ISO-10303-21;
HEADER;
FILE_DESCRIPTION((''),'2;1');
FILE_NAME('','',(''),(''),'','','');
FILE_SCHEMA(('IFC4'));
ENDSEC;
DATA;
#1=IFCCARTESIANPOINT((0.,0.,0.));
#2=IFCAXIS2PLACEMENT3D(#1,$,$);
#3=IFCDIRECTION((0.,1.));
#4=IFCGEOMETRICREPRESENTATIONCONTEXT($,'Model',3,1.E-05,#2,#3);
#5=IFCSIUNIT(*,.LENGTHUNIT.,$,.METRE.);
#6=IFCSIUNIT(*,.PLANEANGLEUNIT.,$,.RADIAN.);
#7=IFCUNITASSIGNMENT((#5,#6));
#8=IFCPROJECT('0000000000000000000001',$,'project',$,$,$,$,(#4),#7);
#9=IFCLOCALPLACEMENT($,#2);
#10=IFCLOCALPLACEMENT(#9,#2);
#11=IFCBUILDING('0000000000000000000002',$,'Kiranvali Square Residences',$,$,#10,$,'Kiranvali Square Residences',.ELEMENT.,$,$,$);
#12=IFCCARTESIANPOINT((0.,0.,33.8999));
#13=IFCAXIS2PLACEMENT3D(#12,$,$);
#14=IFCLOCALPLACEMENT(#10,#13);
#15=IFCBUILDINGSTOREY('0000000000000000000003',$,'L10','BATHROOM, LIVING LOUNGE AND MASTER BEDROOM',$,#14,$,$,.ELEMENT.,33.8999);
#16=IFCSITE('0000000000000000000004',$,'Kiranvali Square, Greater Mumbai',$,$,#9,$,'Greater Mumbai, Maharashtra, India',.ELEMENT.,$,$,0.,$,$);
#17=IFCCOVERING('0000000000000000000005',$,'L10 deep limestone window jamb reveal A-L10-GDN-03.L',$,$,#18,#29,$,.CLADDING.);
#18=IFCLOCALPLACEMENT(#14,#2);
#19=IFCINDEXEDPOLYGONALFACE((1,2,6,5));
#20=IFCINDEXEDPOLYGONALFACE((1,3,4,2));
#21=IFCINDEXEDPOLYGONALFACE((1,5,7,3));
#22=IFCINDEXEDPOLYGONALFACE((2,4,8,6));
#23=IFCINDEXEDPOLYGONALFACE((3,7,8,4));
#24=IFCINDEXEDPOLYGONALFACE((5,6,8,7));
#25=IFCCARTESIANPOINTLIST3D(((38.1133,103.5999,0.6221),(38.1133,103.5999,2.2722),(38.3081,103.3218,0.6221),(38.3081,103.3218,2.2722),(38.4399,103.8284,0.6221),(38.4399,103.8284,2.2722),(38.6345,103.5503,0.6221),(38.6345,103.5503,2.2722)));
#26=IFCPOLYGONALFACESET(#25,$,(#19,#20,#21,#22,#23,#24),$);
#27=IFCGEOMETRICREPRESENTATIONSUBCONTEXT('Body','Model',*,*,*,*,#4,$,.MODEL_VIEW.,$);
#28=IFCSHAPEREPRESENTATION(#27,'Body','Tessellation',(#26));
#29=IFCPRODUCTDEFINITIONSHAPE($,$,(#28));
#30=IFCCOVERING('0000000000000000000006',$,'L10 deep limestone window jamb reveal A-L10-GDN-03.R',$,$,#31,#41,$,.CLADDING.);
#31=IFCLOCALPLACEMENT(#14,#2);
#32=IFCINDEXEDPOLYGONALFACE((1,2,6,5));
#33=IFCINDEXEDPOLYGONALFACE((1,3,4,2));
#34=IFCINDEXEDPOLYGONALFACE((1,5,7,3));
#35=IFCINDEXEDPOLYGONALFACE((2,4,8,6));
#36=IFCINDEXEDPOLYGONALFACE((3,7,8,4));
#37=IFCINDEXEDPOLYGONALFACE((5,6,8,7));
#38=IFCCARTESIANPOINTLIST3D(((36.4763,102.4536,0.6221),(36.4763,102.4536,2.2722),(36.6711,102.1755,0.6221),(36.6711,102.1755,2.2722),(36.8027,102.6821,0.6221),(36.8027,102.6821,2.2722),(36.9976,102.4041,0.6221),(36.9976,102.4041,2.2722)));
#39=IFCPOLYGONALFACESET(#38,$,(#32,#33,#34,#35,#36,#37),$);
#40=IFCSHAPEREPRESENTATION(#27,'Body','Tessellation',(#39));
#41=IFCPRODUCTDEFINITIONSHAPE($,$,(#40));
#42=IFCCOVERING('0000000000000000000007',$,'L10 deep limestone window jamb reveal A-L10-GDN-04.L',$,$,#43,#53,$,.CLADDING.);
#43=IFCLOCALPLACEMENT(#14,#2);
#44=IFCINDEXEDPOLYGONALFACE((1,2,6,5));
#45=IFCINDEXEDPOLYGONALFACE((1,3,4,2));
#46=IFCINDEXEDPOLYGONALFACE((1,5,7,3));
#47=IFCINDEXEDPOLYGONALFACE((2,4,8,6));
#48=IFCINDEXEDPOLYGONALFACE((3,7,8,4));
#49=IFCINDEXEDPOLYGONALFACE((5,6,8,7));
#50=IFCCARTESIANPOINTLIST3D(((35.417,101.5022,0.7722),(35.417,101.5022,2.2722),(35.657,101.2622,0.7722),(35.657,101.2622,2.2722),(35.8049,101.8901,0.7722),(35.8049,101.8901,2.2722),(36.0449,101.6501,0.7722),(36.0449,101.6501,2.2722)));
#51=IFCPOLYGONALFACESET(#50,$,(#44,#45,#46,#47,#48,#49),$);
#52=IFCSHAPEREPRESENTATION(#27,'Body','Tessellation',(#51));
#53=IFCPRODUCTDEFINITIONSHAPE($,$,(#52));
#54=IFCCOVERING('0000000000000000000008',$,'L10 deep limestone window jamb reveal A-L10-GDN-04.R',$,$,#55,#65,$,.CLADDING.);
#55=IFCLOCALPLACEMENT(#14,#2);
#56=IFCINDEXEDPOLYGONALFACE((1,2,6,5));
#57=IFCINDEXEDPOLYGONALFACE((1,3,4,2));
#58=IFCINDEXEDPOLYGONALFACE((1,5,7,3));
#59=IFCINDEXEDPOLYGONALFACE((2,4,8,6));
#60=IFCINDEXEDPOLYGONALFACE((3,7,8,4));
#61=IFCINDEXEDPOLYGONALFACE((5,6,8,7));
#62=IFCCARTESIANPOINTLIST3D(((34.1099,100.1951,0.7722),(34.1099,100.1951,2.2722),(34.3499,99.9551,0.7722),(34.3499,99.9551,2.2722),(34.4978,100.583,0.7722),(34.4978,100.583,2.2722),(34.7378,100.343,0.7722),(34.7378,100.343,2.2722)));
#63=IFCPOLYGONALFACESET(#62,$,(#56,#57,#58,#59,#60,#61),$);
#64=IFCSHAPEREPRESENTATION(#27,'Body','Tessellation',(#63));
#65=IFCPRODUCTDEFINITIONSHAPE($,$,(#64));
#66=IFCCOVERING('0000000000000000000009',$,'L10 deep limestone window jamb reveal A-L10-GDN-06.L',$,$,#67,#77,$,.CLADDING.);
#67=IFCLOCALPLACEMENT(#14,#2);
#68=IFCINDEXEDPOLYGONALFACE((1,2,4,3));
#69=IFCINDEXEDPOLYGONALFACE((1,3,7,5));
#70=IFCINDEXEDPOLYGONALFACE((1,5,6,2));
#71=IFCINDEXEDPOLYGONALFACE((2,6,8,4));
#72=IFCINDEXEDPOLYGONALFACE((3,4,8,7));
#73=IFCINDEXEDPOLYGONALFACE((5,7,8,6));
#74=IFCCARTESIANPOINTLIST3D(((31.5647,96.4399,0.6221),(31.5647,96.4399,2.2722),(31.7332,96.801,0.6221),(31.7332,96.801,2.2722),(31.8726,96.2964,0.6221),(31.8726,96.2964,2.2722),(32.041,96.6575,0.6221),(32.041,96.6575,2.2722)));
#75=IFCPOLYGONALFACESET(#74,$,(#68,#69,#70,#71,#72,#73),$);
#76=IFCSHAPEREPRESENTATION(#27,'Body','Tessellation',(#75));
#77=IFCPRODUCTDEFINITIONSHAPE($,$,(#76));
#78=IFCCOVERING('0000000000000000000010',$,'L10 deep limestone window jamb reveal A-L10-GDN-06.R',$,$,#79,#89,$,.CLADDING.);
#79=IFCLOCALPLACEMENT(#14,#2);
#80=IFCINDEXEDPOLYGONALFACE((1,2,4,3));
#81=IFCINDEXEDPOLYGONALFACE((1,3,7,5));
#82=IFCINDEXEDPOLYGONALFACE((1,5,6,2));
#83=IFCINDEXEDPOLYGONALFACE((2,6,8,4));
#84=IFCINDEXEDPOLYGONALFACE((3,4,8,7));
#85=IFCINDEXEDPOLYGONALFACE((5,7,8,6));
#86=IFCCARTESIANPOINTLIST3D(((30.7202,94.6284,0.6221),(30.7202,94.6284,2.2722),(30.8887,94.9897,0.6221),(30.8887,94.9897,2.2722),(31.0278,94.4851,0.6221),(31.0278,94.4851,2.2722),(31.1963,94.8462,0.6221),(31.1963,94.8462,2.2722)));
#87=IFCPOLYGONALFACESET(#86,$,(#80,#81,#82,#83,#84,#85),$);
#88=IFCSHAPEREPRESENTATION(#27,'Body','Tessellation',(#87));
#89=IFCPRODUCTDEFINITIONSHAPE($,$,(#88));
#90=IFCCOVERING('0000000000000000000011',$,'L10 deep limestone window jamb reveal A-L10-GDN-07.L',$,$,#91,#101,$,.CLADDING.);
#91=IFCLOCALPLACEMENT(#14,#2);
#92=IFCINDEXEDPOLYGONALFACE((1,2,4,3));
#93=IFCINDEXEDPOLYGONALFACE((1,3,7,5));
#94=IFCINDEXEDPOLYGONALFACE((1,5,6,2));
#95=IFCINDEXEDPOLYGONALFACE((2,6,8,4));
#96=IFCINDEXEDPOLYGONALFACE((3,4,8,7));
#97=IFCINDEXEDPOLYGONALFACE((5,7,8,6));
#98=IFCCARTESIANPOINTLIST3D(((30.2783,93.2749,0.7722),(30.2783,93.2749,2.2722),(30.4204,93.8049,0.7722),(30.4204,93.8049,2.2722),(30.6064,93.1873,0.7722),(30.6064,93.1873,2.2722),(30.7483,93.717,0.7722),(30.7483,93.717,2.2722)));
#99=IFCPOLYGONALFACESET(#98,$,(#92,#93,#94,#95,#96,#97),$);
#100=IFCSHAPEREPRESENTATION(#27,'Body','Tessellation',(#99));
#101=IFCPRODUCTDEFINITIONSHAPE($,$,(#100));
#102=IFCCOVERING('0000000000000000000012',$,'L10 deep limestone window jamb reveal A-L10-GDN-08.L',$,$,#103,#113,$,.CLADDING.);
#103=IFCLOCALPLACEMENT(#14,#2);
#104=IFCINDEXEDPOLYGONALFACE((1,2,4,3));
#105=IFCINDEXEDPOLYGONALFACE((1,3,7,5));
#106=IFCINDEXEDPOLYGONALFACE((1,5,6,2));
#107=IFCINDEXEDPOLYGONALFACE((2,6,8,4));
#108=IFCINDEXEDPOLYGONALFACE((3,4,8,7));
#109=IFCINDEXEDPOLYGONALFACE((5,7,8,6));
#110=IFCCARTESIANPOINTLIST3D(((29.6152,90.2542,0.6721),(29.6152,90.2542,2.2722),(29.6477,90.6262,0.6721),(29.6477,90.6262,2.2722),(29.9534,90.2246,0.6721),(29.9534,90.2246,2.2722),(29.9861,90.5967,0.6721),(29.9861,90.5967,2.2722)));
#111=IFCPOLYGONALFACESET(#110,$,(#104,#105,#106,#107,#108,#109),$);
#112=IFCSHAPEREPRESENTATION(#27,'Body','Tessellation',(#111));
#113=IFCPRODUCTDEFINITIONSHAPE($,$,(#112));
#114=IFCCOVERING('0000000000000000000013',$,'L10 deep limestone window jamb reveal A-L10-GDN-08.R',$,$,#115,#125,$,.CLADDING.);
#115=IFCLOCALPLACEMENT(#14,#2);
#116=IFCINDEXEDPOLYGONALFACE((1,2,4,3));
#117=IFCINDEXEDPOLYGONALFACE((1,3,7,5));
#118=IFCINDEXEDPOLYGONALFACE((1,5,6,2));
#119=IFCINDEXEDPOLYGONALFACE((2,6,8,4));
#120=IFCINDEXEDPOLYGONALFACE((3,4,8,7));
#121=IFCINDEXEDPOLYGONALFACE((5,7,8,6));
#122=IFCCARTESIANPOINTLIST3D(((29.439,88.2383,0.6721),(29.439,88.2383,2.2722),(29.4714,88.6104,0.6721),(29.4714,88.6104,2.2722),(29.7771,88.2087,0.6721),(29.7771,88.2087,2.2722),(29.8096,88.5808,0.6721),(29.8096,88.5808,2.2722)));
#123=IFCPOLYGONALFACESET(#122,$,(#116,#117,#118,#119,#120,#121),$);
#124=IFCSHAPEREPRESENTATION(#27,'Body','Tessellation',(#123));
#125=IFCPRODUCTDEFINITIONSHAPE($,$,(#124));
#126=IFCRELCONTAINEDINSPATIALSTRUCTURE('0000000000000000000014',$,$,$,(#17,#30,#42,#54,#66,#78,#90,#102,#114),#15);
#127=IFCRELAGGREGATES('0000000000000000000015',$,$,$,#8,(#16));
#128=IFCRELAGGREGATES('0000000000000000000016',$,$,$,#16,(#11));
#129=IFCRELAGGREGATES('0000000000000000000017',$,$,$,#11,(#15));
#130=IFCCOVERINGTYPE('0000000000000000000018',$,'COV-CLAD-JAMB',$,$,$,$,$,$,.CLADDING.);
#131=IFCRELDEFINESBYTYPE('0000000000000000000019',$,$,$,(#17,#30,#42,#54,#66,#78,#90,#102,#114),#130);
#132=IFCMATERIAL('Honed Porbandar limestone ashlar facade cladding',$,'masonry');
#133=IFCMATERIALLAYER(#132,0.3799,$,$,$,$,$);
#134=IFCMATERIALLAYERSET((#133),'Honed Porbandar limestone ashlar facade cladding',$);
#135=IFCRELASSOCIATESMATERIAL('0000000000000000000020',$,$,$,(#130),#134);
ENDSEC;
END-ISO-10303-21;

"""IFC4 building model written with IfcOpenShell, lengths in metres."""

from ifc_helpers import new_model, si_unit, direction, frame, origin, place, context, subcontext, project, spatial, polyline, outline, extrude, material, layer, layer_set, type_object, element, save


model = new_model("IFC4")

# Units and contexts
model_context = context("Model", 3, precision=1e-05, world=origin(), true_north=direction((0.0, 1.0)))
body_context = subcontext(model_context, "Body", "Model", "MODEL_VIEW")
ifc_project = project(units=[si_unit("LENGTHUNIT", "METRE"), si_unit("PLANEANGLEUNIT", "RADIAN")], contexts=[model_context])

# Site, building, storey
site_placement = place(None, origin())
site = spatial("IfcSite", under=ifc_project, at=site_placement, Name="Kiranvali Square, Greater Mumbai", LongName="Greater Mumbai, Maharashtra, India", CompositionType="ELEMENT", RefElevation=0.0)
building_placement = place(site_placement, origin())
building = spatial("IfcBuilding", under=site, at=building_placement, Name="Kiranvali Square Residences", LongName="Kiranvali Square Residences", CompositionType="ELEMENT")
storey_placement = place(building_placement, frame((0.0, 0.0, 33.8999)))
storey = spatial("IfcBuildingStorey", under=building, at=storey_placement, Name="L10", Description="BATHROOM, LIVING LOUNGE AND MASTER BEDROOM", CompositionType="ELEMENT", Elevation=33.8999)

# Coverings
ifc_material = material(Name="Honed Porbandar limestone ashlar facade cladding", Category="masonry")
ifc_layer = layer(ifc_material, 0.3799)
ifc_layer_set = layer_set([ifc_layer], Name="Honed Porbandar limestone ashlar facade cladding")
covering_type = type_object("IfcCoveringType", Name="COV-CLAD-JAMB", PredefinedType="CLADDING", material=ifc_layer_set)
covering_1_placement = place(storey_placement, frame((0.0, 0.0, 0.6221)))
element("IfcCovering", 1, at=covering_1_placement, inside=storey, type_object=covering_type, Name="L10 deep limestone window jamb reveal A-L10-GDN-03.L", PredefinedType="CLADDING", context=body_context, shape_type="SweptSolid", body=[
    extrude(outline(polyline([(38.4399, 103.8284), (38.1133, 103.5999), (38.3081, 103.3218), (38.6345, 103.5503), (38.4399, 103.8284)])), origin(), (0.0, 0.0, 1.0), 1.6501),
])
covering_2_placement = place(storey_placement, frame((0.0, 0.0, 0.6221)))
element("IfcCovering", 2, at=covering_2_placement, inside=storey, type_object=covering_type, Name="L10 deep limestone window jamb reveal A-L10-GDN-03.R", PredefinedType="CLADDING", context=body_context, shape_type="SweptSolid", body=[
    extrude(outline(polyline([(36.8027, 102.6821), (36.4763, 102.4536), (36.6711, 102.1755), (36.9976, 102.4041), (36.8027, 102.6821)])), origin(), (0.0, 0.0, 1.0), 1.6501),
])
covering_3_placement = place(storey_placement, frame((0.0, 0.0, 0.7722)))
element("IfcCovering", 3, at=covering_3_placement, inside=storey, type_object=covering_type, Name="L10 deep limestone window jamb reveal A-L10-GDN-04.L", PredefinedType="CLADDING", context=body_context, shape_type="SweptSolid", body=[
    extrude(outline(polyline([(35.8049, 101.8901), (35.417, 101.5022), (35.657, 101.2622), (36.0449, 101.6501), (35.8049, 101.8901)])), origin(), (0.0, 0.0, 1.0), 1.5),
])
covering_4_placement = place(storey_placement, frame((0.0, 0.0, 0.7722)))
element("IfcCovering", 4, at=covering_4_placement, inside=storey, type_object=covering_type, Name="L10 deep limestone window jamb reveal A-L10-GDN-04.R", PredefinedType="CLADDING", context=body_context, shape_type="SweptSolid", body=[
    extrude(outline(polyline([(34.4978, 100.583), (34.1099, 100.1951), (34.3499, 99.9551), (34.7378, 100.343), (34.4978, 100.583)])), origin(), (0.0, 0.0, 1.0), 1.5),
])
covering_5_placement = place(storey_placement, frame((0.0, 0.0, 0.6221)))
element("IfcCovering", 5, at=covering_5_placement, inside=storey, type_object=covering_type, Name="L10 deep limestone window jamb reveal A-L10-GDN-06.L", PredefinedType="CLADDING", context=body_context, shape_type="SweptSolid", body=[
    extrude(outline(polyline([(31.7332, 96.801), (31.5647, 96.4399), (31.8726, 96.2964), (32.041, 96.6575), (31.7332, 96.801)])), origin(), (0.0, 0.0, 1.0), 1.6501),
])
covering_6_placement = place(storey_placement, frame((0.0, 0.0, 0.6221)))
element("IfcCovering", 6, at=covering_6_placement, inside=storey, type_object=covering_type, Name="L10 deep limestone window jamb reveal A-L10-GDN-06.R", PredefinedType="CLADDING", context=body_context, shape_type="SweptSolid", body=[
    extrude(outline(polyline([(30.8887, 94.9897), (30.7202, 94.6284), (31.0278, 94.4851), (31.1963, 94.8462), (30.8887, 94.9897)])), origin(), (0.0, 0.0, 1.0), 1.6501),
])
covering_7_placement = place(storey_placement, frame((0.0, 0.0, 0.7722)))
element("IfcCovering", 7, at=covering_7_placement, inside=storey, type_object=covering_type, Name="L10 deep limestone window jamb reveal A-L10-GDN-07.L", PredefinedType="CLADDING", context=body_context, shape_type="SweptSolid", body=[
    extrude(outline(polyline([(30.4204, 93.8049), (30.2783, 93.2749), (30.6064, 93.1873), (30.7483, 93.717), (30.4204, 93.8049)])), origin(), (0.0, 0.0, 1.0), 1.5),
])
covering_8_placement = place(storey_placement, frame((0.0, 0.0, 0.6721)))
element("IfcCovering", 8, at=covering_8_placement, inside=storey, type_object=covering_type, Name="L10 deep limestone window jamb reveal A-L10-GDN-08.L", PredefinedType="CLADDING", context=body_context, shape_type="SweptSolid", body=[
    extrude(outline(polyline([(29.6477, 90.6262), (29.6152, 90.2542), (29.9534, 90.2246), (29.9861, 90.5967), (29.6477, 90.6262)])), origin(), (0.0, 0.0, 1.0), 1.6001),
])
covering_9_placement = place(storey_placement, frame((0.0, 0.0, 0.6721)))
element("IfcCovering", 9, at=covering_9_placement, inside=storey, type_object=covering_type, Name="L10 deep limestone window jamb reveal A-L10-GDN-08.R", PredefinedType="CLADDING", context=body_context, shape_type="SweptSolid", body=[
    extrude(outline(polyline([(29.4714, 88.6104), (29.439, 88.2383), (29.7771, 88.2087), (29.8096, 88.5808), (29.4714, 88.6104)])), origin(), (0.0, 0.0, 1.0), 1.6001),
])

save(model, "model.ifc")
